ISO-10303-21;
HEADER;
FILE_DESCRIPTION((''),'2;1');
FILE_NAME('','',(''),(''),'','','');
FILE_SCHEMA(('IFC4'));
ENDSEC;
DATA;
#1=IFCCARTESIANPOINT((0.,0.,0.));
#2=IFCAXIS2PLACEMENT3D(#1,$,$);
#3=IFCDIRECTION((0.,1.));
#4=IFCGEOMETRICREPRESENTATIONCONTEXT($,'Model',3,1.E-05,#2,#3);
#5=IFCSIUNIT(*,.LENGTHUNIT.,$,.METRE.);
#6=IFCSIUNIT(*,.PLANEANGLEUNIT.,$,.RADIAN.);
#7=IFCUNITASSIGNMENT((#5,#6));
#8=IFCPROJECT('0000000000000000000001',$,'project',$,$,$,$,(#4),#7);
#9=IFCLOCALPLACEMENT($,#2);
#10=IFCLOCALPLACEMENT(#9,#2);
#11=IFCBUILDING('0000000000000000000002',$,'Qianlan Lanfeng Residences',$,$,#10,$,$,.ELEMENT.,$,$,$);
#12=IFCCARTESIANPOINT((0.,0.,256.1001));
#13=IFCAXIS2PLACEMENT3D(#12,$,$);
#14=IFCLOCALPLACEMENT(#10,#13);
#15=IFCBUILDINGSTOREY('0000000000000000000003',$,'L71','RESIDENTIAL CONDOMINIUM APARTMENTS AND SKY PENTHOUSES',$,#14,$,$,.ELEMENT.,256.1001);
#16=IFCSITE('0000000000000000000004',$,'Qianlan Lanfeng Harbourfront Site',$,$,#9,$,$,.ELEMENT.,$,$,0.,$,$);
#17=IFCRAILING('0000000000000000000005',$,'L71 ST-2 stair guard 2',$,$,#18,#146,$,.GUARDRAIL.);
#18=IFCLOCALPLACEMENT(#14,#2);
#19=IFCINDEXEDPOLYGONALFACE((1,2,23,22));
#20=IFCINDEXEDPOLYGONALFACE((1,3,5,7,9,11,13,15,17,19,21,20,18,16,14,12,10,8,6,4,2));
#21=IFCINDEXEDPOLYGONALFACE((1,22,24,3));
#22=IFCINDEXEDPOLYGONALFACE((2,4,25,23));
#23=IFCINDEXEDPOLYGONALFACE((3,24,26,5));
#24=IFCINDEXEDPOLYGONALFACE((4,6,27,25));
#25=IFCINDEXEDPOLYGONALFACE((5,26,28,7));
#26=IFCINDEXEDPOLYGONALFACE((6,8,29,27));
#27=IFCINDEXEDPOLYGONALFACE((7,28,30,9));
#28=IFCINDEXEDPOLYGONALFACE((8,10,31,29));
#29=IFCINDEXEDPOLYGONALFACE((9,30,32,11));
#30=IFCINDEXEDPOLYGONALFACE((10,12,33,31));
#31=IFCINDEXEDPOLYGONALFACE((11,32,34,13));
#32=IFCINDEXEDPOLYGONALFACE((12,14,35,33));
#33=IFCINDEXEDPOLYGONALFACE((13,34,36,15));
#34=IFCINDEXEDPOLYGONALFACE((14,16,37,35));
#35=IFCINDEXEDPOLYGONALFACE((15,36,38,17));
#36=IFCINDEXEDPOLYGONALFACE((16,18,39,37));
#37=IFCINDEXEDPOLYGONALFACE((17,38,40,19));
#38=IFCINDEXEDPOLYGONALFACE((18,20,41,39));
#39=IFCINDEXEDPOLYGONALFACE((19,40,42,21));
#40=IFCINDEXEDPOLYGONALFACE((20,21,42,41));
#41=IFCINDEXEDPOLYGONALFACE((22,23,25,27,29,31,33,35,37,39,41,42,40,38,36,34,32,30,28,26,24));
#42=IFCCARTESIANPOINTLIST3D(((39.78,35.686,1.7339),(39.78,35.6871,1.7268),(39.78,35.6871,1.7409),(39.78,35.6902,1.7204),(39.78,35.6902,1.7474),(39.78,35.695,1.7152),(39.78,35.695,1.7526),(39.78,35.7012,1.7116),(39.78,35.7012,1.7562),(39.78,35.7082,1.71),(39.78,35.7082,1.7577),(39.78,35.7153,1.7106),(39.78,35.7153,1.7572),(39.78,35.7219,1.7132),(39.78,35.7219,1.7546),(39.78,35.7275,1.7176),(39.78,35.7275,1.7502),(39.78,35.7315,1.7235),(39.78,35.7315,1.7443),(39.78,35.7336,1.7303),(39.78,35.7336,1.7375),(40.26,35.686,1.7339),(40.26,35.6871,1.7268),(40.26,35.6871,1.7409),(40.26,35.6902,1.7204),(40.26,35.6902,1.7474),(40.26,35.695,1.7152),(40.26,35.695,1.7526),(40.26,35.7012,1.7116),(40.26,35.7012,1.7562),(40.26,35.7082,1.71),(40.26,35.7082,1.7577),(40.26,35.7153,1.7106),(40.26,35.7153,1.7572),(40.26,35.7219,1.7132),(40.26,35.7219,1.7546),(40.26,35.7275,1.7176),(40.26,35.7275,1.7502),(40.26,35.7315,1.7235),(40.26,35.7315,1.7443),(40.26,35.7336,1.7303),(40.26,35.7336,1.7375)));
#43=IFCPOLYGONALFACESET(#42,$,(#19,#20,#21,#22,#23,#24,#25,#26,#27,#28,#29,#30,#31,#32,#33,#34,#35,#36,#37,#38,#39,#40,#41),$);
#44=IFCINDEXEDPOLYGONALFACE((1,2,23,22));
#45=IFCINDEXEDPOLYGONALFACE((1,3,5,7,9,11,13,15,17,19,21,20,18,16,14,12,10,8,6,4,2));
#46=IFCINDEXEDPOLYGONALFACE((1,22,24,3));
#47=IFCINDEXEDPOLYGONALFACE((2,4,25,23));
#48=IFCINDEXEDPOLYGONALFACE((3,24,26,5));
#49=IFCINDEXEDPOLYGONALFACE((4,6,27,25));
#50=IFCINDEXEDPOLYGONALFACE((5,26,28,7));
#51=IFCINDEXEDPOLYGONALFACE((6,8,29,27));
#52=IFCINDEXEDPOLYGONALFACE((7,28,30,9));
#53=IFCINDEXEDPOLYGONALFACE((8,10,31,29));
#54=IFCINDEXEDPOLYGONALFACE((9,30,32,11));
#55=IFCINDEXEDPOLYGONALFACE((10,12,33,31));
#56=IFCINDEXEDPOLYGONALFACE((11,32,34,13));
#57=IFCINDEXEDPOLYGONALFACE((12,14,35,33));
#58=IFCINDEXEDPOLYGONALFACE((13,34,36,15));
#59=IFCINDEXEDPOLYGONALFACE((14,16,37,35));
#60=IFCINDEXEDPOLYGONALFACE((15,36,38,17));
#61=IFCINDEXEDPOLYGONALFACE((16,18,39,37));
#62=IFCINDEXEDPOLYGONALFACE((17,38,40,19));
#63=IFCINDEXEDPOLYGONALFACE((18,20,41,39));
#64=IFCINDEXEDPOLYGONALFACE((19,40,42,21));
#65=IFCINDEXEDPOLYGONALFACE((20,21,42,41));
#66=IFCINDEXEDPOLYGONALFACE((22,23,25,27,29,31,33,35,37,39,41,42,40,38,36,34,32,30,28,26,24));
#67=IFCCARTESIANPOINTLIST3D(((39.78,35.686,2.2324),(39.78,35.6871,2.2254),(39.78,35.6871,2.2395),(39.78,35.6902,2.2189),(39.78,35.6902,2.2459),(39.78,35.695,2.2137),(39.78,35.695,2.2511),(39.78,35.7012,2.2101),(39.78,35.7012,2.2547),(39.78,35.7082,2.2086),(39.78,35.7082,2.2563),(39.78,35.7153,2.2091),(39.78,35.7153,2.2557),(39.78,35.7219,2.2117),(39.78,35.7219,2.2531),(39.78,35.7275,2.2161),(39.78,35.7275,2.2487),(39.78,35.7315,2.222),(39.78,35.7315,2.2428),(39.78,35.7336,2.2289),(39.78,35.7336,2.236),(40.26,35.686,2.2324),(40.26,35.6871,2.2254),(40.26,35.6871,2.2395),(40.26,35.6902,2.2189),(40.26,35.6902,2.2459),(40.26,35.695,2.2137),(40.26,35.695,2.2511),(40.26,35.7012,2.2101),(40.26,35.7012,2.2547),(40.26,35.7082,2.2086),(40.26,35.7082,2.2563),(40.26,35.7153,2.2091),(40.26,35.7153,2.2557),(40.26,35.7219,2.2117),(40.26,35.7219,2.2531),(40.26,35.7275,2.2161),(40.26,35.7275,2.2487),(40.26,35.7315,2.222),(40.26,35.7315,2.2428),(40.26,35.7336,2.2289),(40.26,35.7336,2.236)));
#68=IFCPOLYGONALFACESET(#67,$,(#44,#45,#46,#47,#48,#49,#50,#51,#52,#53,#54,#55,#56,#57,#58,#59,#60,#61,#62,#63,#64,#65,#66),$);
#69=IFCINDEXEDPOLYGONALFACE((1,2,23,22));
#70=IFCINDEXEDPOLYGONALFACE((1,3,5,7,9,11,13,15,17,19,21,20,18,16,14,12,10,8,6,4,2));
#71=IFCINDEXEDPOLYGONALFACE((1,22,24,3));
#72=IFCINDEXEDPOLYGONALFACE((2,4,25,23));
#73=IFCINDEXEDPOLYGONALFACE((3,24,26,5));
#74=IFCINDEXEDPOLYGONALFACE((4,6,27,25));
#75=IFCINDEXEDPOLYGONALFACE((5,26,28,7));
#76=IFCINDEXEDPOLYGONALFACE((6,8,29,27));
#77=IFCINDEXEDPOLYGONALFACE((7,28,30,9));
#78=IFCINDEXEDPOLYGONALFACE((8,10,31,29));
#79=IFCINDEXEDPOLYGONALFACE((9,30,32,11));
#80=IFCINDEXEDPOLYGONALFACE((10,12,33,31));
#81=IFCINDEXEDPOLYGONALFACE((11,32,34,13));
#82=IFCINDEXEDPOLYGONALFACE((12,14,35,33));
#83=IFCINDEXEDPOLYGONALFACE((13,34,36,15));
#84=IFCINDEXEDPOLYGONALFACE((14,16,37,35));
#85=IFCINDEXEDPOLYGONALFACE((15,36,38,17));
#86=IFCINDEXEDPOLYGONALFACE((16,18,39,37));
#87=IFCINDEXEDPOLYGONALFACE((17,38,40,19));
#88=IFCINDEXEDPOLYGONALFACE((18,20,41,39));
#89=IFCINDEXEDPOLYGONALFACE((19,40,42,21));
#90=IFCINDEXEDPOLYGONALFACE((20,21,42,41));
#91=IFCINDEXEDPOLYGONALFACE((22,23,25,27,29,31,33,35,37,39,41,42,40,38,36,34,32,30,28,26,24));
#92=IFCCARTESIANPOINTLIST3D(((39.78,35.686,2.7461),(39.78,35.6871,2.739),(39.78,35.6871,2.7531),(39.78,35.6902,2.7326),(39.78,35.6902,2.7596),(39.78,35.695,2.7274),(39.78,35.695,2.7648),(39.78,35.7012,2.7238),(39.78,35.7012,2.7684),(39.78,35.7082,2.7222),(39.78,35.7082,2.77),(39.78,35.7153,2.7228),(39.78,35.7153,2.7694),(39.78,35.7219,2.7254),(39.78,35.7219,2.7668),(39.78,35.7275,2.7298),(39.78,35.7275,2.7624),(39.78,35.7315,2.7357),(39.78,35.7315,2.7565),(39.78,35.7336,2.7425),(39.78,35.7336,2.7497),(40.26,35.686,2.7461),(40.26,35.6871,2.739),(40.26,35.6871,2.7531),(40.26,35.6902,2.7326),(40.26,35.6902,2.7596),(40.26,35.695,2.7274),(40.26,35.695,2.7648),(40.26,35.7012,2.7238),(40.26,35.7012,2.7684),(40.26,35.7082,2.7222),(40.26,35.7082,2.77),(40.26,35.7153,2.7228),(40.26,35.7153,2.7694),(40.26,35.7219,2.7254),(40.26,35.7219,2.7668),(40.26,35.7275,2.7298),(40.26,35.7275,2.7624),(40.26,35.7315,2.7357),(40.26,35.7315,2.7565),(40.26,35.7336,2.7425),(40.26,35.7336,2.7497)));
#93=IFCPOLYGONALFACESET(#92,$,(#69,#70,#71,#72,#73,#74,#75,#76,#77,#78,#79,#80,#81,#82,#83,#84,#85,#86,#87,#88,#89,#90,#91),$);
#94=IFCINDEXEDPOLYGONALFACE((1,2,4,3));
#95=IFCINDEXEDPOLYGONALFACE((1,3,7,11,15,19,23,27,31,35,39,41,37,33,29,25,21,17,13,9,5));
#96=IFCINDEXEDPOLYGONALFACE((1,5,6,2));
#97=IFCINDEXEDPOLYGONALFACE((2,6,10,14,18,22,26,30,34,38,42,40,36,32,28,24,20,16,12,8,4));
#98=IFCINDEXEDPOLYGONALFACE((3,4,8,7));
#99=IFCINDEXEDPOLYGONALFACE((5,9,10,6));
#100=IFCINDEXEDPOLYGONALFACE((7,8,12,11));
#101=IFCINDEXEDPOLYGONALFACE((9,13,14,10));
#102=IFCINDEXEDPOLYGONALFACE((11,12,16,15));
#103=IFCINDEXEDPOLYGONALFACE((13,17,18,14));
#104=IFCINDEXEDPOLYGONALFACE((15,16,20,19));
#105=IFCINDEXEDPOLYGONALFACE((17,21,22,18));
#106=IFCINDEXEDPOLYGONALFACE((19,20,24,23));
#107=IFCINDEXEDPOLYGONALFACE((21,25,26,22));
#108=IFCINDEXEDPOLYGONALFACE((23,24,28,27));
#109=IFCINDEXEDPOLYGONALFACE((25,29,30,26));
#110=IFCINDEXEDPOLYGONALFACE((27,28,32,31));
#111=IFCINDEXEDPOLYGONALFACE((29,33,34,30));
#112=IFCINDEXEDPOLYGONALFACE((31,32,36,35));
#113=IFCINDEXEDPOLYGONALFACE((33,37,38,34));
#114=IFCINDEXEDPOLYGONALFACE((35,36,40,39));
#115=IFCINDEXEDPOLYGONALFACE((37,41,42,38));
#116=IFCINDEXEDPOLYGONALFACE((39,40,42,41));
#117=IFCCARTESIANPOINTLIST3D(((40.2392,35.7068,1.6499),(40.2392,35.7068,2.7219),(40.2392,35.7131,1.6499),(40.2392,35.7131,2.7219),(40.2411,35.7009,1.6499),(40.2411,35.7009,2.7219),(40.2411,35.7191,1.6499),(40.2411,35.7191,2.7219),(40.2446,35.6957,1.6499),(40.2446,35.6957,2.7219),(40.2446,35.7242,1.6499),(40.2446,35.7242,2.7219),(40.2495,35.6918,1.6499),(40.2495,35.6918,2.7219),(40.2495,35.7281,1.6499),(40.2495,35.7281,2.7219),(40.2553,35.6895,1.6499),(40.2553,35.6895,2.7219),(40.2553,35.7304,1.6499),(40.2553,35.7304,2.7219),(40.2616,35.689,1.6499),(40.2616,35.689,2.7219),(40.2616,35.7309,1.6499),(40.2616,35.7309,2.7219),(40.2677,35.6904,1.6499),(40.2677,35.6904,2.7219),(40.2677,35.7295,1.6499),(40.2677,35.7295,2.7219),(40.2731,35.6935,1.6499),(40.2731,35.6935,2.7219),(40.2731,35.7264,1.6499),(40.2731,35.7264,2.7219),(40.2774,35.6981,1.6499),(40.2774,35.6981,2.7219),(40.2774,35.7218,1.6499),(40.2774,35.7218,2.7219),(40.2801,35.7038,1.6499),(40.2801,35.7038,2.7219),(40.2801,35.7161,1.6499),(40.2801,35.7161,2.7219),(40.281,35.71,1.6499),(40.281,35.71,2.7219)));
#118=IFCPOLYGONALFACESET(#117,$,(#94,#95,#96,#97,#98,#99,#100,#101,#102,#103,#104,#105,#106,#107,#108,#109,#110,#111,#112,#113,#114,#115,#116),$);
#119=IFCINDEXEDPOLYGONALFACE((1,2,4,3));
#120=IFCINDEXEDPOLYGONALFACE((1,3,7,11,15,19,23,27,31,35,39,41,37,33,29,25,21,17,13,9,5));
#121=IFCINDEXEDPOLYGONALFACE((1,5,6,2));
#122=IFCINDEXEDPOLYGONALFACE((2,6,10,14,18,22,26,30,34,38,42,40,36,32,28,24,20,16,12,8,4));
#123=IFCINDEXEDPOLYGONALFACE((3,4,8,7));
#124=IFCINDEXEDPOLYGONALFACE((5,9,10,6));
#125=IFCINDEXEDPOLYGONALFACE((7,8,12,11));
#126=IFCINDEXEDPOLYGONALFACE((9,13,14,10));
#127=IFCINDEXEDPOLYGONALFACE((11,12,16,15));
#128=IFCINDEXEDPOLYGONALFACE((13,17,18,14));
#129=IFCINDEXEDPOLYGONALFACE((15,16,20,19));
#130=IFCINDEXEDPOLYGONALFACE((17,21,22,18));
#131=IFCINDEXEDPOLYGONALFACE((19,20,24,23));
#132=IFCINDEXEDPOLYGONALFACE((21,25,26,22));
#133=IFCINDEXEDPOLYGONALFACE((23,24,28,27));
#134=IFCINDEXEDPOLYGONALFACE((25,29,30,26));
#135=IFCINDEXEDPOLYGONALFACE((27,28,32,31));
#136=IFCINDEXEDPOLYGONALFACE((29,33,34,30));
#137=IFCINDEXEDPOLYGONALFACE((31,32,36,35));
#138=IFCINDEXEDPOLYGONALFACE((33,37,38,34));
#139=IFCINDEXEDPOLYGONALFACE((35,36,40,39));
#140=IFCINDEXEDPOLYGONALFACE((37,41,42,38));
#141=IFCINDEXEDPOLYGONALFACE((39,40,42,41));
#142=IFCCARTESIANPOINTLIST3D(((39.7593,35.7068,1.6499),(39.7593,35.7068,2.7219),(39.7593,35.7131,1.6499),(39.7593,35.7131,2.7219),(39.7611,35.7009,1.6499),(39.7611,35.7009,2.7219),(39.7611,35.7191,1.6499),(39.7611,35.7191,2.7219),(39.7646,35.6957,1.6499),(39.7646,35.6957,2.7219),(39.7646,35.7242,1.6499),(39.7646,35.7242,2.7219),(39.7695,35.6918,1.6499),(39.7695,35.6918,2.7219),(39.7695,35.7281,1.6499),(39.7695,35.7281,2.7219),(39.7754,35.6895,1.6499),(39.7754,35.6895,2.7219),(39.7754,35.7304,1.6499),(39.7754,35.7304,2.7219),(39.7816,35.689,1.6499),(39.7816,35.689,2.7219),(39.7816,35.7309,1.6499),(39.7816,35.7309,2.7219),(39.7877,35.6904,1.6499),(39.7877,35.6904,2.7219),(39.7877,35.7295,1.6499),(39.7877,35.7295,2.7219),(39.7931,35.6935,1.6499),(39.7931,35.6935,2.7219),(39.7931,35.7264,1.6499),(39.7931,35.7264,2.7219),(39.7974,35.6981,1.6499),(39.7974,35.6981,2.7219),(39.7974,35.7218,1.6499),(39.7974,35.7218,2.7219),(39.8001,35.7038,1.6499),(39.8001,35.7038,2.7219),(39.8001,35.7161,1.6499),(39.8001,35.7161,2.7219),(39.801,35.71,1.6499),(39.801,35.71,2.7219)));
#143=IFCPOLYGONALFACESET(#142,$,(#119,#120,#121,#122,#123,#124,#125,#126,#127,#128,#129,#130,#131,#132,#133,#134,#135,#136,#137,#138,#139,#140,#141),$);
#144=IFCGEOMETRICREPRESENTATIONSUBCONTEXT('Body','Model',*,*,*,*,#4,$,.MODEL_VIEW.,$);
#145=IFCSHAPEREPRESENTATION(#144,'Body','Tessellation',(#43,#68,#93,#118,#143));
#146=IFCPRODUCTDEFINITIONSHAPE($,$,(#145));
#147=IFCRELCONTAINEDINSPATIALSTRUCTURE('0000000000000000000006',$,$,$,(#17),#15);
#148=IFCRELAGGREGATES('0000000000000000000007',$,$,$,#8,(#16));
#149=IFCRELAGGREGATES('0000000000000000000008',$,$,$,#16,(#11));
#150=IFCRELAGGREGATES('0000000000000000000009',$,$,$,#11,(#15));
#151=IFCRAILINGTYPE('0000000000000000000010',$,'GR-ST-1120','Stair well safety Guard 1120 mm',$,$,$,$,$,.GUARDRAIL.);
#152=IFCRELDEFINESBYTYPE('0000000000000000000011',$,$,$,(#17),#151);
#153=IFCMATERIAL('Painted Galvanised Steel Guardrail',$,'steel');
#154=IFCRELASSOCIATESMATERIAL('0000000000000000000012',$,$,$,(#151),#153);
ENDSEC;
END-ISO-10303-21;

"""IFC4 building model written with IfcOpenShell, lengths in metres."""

from ifc_helpers import new_model, si_unit, direction, frame, origin, origin_2d, place, context, subcontext, project, spatial, circle, extrude, material, type_object, element, save


model = new_model("IFC4")

# Units and contexts
model_context = context("Model", 3, precision=1e-05, world=origin(), true_north=direction((0.0, 1.0)))
body_context = subcontext(model_context, "Body", "Model", "MODEL_VIEW")
ifc_project = project(units=[si_unit("LENGTHUNIT", "METRE"), si_unit("PLANEANGLEUNIT", "RADIAN")], contexts=[model_context])

# Site, building, storey
site_placement = place(None, origin())
site = spatial("IfcSite", under=ifc_project, at=site_placement, Name="Qianlan Lanfeng Harbourfront Site", CompositionType="ELEMENT", RefElevation=0.0)
building_placement = place(site_placement, origin())
building = spatial("IfcBuilding", under=site, at=building_placement, Name="Qianlan Lanfeng Residences", CompositionType="ELEMENT")
storey_placement = place(building_placement, frame((0.0, 0.0, 256.1001)))
storey = spatial("IfcBuildingStorey", under=building, at=storey_placement, Name="L71", Description="RESIDENTIAL CONDOMINIUM APARTMENTS AND SKY PENTHOUSES", CompositionType="ELEMENT", Elevation=256.1001)

# Railing
ifc_material_1 = material(Name="Painted Galvanised Steel Guardrail", Category="steel")
railing_type_1 = type_object("IfcRailingType", Name="GR-ST-1120", Description="Stair well safety Guard 1120 mm", PredefinedType="GUARDRAIL", material=ifc_material_1)
railing_1_placement = place(storey_placement, frame((40.26, 35.71, 1.6499)))
element("IfcRailing", 1, at=railing_1_placement, inside=storey, type_object=railing_type_1, Name="L71 ST-2 stair guard 2", PredefinedType="GUARDRAIL", context=body_context, shape_type="SweptSolid", body=[
    extrude(circle(Radius=0.0239, at=origin_2d()), frame((0.0, 0.0, 0.084), z_axis=(-1.0, 0.0, 0.0), x_axis=(0.0, -1.0, 0.0)), (0.0, 0.0, 1.0), 0.48),
    extrude(circle(Radius=0.0239, at=origin_2d()), frame((0.0, 0.0, 0.5825), z_axis=(-1.0, 0.0, 0.0), x_axis=(0.0, -1.0, 0.0)), (0.0, 0.0, 1.0), 0.48),
    extrude(circle(Radius=0.0239, at=origin_2d()), frame((0.0, 0.0, 1.0962), z_axis=(-1.0, 0.0, 0.0), x_axis=(0.0, -1.0, 0.0)), (0.0, 0.0, 1.0), 0.48),
    extrude(circle(Radius=0.021, at=origin_2d()), origin(), (0.0, 0.0, 1.0), 1.072),
    extrude(circle(Radius=0.021, at=origin_2d()), frame((-0.48, 0.0, 0.0)), (0.0, 0.0, 1.0), 1.072),
])

save(model, "model.ifc")
